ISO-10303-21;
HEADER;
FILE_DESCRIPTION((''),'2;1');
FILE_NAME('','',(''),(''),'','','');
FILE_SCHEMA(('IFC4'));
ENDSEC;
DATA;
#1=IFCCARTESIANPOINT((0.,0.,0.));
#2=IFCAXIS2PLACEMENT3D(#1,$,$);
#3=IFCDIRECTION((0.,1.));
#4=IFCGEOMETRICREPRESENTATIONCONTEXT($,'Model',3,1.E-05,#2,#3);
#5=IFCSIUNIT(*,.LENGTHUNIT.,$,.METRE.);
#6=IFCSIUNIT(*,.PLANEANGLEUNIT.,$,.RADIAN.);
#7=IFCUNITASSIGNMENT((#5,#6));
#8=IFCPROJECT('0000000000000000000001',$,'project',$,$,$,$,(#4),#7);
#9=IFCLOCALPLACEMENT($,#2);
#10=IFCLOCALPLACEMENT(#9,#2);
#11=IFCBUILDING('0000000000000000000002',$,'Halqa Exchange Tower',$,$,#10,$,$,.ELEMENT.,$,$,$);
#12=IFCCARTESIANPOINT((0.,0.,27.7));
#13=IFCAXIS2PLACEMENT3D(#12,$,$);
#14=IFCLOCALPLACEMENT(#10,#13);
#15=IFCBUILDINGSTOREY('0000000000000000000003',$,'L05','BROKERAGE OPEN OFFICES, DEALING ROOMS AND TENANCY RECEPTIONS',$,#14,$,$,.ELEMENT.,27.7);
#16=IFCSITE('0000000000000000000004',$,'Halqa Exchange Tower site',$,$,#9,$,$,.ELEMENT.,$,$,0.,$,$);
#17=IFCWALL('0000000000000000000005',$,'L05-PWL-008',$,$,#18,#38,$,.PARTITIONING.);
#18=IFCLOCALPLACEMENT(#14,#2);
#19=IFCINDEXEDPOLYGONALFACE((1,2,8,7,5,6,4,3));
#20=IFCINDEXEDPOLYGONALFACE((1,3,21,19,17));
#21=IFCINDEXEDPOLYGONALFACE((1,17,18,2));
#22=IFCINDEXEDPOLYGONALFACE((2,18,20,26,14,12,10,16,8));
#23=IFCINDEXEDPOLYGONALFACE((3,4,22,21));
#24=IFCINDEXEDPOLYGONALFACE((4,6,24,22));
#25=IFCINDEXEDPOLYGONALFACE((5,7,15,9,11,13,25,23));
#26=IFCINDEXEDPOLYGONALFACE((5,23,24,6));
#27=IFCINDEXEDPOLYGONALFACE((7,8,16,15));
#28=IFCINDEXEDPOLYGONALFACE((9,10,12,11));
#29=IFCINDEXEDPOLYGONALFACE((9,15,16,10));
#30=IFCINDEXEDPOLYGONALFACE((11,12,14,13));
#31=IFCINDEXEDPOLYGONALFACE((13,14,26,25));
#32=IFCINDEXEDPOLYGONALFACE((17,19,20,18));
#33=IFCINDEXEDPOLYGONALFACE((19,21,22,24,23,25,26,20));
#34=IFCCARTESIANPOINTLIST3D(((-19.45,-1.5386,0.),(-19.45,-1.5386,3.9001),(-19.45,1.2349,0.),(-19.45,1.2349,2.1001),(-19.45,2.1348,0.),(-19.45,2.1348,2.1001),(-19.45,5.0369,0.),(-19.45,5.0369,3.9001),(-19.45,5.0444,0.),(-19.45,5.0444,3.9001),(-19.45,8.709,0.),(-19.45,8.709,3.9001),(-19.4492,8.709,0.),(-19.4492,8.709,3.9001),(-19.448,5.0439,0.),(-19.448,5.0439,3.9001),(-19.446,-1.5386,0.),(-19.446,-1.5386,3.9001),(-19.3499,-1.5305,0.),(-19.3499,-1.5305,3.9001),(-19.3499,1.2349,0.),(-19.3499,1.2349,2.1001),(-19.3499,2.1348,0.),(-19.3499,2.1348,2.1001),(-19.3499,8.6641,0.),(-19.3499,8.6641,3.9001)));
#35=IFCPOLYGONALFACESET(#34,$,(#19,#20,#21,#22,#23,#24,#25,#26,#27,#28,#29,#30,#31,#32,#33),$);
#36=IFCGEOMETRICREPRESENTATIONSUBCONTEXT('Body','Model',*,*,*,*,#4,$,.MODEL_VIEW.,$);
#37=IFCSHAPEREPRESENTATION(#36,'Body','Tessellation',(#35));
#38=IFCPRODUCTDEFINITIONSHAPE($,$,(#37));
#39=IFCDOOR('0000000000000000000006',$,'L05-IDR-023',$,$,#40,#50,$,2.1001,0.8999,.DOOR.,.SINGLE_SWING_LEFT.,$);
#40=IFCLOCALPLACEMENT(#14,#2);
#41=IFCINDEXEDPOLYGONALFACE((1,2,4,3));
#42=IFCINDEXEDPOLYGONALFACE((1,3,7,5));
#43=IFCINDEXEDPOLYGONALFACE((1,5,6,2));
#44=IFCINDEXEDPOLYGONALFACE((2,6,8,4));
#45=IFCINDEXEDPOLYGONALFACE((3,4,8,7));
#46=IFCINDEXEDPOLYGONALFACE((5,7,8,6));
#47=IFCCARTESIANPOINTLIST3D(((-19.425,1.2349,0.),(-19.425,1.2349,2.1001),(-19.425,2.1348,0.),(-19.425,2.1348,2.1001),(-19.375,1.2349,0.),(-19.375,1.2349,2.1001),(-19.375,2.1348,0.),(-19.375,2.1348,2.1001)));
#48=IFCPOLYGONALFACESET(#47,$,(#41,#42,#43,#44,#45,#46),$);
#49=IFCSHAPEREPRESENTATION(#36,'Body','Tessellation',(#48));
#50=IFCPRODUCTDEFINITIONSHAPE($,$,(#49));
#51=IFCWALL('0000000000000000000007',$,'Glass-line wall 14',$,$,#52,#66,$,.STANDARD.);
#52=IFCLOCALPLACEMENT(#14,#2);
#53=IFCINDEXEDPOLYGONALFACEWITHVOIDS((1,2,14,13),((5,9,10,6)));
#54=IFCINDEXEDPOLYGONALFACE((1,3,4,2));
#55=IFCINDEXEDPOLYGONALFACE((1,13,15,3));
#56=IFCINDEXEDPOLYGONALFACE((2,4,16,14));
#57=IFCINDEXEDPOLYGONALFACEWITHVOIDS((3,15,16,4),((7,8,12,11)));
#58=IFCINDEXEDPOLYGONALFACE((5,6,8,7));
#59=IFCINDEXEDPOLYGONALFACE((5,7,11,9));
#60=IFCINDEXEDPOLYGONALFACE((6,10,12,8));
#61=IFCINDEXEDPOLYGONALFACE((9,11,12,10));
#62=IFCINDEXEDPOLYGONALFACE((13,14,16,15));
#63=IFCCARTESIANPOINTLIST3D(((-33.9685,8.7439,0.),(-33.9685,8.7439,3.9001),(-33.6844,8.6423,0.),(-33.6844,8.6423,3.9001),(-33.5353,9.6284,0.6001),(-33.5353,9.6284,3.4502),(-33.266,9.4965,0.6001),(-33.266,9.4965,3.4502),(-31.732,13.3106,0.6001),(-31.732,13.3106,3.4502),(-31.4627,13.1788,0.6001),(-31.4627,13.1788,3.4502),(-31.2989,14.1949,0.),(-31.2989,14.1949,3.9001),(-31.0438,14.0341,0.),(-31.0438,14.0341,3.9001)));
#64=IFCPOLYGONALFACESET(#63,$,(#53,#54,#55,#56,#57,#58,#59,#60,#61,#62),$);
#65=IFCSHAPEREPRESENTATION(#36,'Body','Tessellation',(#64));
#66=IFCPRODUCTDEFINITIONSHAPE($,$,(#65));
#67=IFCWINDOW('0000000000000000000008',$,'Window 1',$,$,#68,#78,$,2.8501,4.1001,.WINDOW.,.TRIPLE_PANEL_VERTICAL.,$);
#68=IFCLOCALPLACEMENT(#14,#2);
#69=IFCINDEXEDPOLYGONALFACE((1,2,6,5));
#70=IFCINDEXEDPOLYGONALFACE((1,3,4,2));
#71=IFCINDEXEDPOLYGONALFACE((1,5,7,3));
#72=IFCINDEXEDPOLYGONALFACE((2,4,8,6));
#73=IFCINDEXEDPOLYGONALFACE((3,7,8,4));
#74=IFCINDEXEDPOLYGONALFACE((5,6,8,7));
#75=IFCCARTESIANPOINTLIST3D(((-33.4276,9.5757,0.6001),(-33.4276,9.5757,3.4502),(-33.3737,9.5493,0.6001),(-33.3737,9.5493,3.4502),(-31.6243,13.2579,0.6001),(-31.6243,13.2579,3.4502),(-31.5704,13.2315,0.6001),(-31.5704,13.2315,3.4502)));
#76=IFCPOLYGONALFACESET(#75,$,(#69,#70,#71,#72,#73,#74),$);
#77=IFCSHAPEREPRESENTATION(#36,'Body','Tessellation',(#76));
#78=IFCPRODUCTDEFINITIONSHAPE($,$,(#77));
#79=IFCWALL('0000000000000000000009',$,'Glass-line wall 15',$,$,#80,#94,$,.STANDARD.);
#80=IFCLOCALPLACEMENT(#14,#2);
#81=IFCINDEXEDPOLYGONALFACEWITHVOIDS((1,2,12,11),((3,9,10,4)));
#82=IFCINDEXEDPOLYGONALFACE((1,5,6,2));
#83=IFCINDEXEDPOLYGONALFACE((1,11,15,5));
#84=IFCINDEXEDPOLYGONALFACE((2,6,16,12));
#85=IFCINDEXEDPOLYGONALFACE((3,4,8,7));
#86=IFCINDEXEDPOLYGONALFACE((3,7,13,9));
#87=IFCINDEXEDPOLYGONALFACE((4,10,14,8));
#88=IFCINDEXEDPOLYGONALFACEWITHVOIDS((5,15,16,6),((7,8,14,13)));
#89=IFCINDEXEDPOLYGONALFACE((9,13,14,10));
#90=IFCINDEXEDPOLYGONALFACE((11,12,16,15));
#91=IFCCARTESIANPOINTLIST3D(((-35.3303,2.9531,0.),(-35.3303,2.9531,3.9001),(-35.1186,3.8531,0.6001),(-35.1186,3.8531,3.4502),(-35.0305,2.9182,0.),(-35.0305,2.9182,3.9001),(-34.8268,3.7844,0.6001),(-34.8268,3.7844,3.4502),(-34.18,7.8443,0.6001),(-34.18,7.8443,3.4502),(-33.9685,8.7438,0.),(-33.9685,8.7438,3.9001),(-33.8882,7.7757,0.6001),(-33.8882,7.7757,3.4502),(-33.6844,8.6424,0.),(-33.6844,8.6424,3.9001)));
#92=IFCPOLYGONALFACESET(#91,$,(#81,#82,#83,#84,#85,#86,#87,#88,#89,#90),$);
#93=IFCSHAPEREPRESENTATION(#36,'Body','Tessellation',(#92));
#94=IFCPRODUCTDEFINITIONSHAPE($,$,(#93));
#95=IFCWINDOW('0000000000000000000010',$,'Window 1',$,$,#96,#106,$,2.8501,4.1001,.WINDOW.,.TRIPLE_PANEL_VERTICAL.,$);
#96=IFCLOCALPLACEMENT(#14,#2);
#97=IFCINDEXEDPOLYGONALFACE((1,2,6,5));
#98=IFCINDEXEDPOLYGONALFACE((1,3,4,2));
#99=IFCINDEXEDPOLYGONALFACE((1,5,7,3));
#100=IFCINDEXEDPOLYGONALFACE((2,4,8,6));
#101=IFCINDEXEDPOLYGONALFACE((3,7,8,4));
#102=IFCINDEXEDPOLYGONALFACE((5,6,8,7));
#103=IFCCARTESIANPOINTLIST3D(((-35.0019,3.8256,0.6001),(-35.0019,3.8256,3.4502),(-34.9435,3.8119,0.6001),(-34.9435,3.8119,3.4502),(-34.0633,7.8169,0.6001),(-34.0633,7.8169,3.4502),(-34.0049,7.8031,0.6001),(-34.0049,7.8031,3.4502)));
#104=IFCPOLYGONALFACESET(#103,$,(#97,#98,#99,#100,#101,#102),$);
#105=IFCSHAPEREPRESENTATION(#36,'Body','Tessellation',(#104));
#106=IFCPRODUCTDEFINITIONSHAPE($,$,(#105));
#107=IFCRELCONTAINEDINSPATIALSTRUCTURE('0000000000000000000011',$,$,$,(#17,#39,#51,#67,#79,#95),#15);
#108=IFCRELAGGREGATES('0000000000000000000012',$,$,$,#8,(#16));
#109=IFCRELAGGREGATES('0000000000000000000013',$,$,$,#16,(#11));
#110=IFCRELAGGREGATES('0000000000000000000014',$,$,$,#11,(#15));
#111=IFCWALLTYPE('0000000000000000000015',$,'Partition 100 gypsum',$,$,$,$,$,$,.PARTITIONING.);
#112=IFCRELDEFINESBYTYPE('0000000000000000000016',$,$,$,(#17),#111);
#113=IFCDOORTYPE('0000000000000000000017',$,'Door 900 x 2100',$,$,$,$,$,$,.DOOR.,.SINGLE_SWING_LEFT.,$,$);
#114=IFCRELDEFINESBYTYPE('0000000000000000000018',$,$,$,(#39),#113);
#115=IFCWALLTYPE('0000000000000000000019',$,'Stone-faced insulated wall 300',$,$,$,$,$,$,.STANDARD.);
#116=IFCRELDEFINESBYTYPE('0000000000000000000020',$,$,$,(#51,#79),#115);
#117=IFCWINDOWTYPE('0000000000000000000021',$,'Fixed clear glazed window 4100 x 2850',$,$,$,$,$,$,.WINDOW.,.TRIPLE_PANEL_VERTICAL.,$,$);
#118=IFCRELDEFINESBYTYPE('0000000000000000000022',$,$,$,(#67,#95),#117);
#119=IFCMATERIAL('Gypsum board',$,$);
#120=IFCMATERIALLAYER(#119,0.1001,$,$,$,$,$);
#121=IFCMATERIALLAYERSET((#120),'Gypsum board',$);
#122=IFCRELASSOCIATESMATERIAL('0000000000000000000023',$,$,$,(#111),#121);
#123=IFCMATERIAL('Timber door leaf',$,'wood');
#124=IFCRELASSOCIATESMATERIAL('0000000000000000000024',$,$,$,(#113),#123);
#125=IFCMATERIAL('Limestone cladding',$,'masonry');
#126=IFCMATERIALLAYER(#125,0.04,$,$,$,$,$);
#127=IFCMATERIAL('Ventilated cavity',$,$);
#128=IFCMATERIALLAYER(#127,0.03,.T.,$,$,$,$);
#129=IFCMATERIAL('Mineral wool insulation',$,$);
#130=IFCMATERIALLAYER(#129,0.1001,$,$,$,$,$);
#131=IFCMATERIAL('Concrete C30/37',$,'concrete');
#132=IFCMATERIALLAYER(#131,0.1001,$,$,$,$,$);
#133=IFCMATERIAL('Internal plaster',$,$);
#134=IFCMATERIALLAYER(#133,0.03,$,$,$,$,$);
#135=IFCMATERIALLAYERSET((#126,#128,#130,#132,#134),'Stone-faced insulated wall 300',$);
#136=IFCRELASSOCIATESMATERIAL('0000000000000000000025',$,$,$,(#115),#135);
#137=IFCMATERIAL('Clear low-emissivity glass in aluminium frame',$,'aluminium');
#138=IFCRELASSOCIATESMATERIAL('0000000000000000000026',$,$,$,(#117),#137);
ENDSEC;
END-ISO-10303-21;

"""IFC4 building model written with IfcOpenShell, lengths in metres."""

from ifc_helpers import new_model, si_unit, direction, frame, frame_2d, origin, place, context, subcontext, project, spatial, polyline, rectangle, outline, extrude, material, layer, layer_set, type_object, element, fill, save


model = new_model("IFC4")

# Units and contexts
model_context = context("Model", 3, precision=1e-05, world=origin(), true_north=direction((0.0, 1.0)))
body_context = subcontext(model_context, "Body", "Model", "MODEL_VIEW")
ifc_project = project(units=[si_unit("LENGTHUNIT", "METRE"), si_unit("PLANEANGLEUNIT", "RADIAN")], contexts=[model_context])

# Site, building, storey
site_placement = place(None, origin())
site = spatial("IfcSite", under=ifc_project, at=site_placement, Name="Halqa Exchange Tower site", CompositionType="ELEMENT", RefElevation=0.0)
building_placement = place(site_placement, origin())
building = spatial("IfcBuilding", under=site, at=building_placement, Name="Halqa Exchange Tower", CompositionType="ELEMENT")
storey_placement = place(building_placement, frame((0.0, 0.0, 27.7)))
storey = spatial("IfcBuildingStorey", under=building, at=storey_placement, Name="L05", Description="BROKERAGE OPEN OFFICES, DEALING ROOMS AND TENANCY RECEPTIONS", CompositionType="ELEMENT", Elevation=27.7)

# Wall, opening, door
ifc_material_1 = material(Name="Gypsum board")
ifc_layer_1 = layer(ifc_material_1, 0.1001)
ifc_layer_set_1 = layer_set([ifc_layer_1], Name="Gypsum board")
wall_type_1 = type_object("IfcWallType", Name="Partition 100 gypsum", PredefinedType="PARTITIONING", material=ifc_layer_set_1)
wall_1_placement = place(storey_placement, frame((-19.3999, -1.5386, 0.0), z_axis=(0.0, 0.0, 1.0), x_axis=(0.0, 1.0, 0.0)))
wall_1 = element("IfcWall", 1, at=wall_1_placement, inside=storey, type_object=wall_type_1, Name="L05-PWL-008", PredefinedType="PARTITIONING", context=body_context, shape_type="SweptSolid", body=[
    extrude(outline(polyline([(0.0081, -0.05), (1.707, -0.05), (3.4062, -0.05), (5.1052, -0.05), (6.8044, -0.05), (8.5034, -0.05), (10.2026, -0.05), (10.2476, 0.0493), (10.2476, 0.05), (8.4153, 0.05), (6.583, 0.05), (6.5825, 0.0481), (6.5754, 0.05), (4.9316, 0.05), (3.2876, 0.05), (1.6438, 0.05), (0.0, 0.05), (0.0, 0.0461), (0.0081, -0.05)])), origin(), (0.0, 0.0, 1.0), 3.9001),
])
opening_1_placement = place(wall_1_placement, frame((2.7734, 0.0, 0.0)))
opening_1 = element("IfcOpeningElement", 2, at=opening_1_placement, cuts=wall_1, PredefinedType="OPENING", context=body_context, shape_type="SweptSolid", body=[
    extrude(rectangle(XDim=0.8999, YDim=2.1001, at=frame_2d((0.45, 1.05))), frame((0.0, 0.062, 0.0), z_axis=(0.0, -1.0, 0.0), x_axis=(1.0, 0.0, 0.0)), (0.0, 0.0, 1.0), 0.124),
])
ifc_material_2 = material(Name="Timber door leaf", Category="wood")
door_type_1 = type_object("IfcDoorType", Name="Door 900 x 2100", OperationType="SINGLE_SWING_LEFT", PredefinedType="DOOR", material=ifc_material_2)
door_1_placement = place(opening_1_placement, frame((0.8999, 0.0, 0.0), z_axis=(0.0, 0.0, 1.0), x_axis=(-1.0, 0.0, 0.0)))
door_1 = element("IfcDoor", 3, at=door_1_placement, inside=storey, type_object=door_type_1, Name="L05-IDR-023", OperationType="SINGLE_SWING_LEFT", OverallHeight=2.1001, OverallWidth=0.8999, PredefinedType="DOOR", context=body_context, shape_type="SweptSolid", body=[
    extrude(rectangle(XDim=0.8999, YDim=2.1001, at=frame_2d((0.45, 1.05))), frame((0.0, 0.0249, 0.0), z_axis=(0.0, -1.0, 0.0), x_axis=(1.0, 0.0, 0.0)), (0.0, 0.0, 1.0), 0.05),
])
fill(opening_1, door_1)

# Walls, openings, windows
ifc_material_3 = material(Name="Limestone cladding", Category="masonry")
ifc_layer_2 = layer(ifc_material_3, 0.04)
ifc_material_4 = material(Name="Ventilated cavity")
ifc_layer_3 = layer(ifc_material_4, 0.03, ventilated=True)
ifc_material_5 = material(Name="Mineral wool insulation")
ifc_layer_4 = layer(ifc_material_5, 0.1001)
ifc_material_6 = material(Name="Concrete C30/37", Category="concrete")
ifc_layer_5 = layer(ifc_material_6, 0.1001)
ifc_material_7 = material(Name="Internal plaster")
ifc_layer_6 = layer(ifc_material_7, 0.03)
ifc_layer_set_2 = layer_set([ifc_layer_2, ifc_layer_3, ifc_layer_4, ifc_layer_5, ifc_layer_6], Name="Stone-faced insulated wall 300")
wall_type_2 = type_object("IfcWallType", Name="Stone-faced insulated wall 300", PredefinedType="STANDARD", material=ifc_layer_set_2)
wall_2_placement = place(storey_placement, frame((-31.1714, 14.1145, 0.0), z_axis=(0.0, 0.0, 1.0), x_axis=(-0.439822, -0.898085, 0.0)))
wall_2 = element("IfcWall", 4, at=wall_2_placement, inside=storey, type_object=wall_type_2, Name="Glass-line wall 14", PredefinedType="STANDARD", context=body_context, shape_type="SweptSolid", body=[
    extrude(outline(polyline([(-0.0161, -0.1499), (6.0535, -0.1499), (6.0198, 0.1499), (0.0161, 0.1499), (-0.0161, -0.1499)])), origin(), (0.0, 0.0, 1.0), 3.9001),
])
opening_2_placement = place(wall_2_placement, frame((0.9685, 0.0, 0.6001)))
opening_2 = element("IfcOpeningElement", 5, at=opening_2_placement, cuts=wall_2, PredefinedType="OPENING", context=body_context, shape_type="SweptSolid", body=[
    extrude(rectangle(XDim=4.1001, YDim=2.8501, at=frame_2d((2.05, 1.425))), frame((0.0, 0.1621, 0.0), z_axis=(0.0, -1.0, 0.0), x_axis=(1.0, 0.0, 0.0)), (0.0, 0.0, 1.0), 0.324),
])
ifc_material_8 = material(Name="Clear low-emissivity glass in aluminium frame", Category="aluminium")
window_type = type_object("IfcWindowType", Name="Fixed clear glazed window 4100 x 2850", PartitioningType="TRIPLE_PANEL_VERTICAL", PredefinedType="WINDOW", material=ifc_material_8)
window_1_placement = place(opening_2_placement, origin())
window_1 = element("IfcWindow", 6, at=window_1_placement, inside=storey, type_object=window_type, Name="Window 1", OverallHeight=2.8501, OverallWidth=4.1001, PartitioningType="TRIPLE_PANEL_VERTICAL", PredefinedType="WINDOW", context=body_context, shape_type="SweptSolid", body=[
    extrude(rectangle(XDim=4.1001, YDim=2.8501, at=frame_2d((2.05, 1.425))), frame((0.0, 0.03, 0.0), z_axis=(0.0, -1.0, 0.0), x_axis=(1.0, 0.0, 0.0)), (0.0, 0.0, 1.0), 0.0601),
])
fill(opening_2, window_1)
wall_3_placement = place(storey_placement, frame((-33.8264, 8.6931, 0.0), z_axis=(0.0, 0.0, 1.0), x_axis=(-0.228924, -0.973444, 0.0)))
wall_3 = element("IfcWall", 7, at=wall_3_placement, inside=storey, type_object=wall_type_2, Name="Glass-line wall 15", PredefinedType="STANDARD", context=body_context, shape_type="SweptSolid", body=[
    extrude(outline(polyline([(-0.0168, -0.1499), (5.9319, -0.1499), (5.8972, 0.1499), (0.0168, 0.1499), (-0.0168, -0.1499)])), origin(), (0.0, 0.0, 1.0), 3.9001),
])
opening_3_placement = place(wall_3_placement, frame((0.9072, 0.0, 0.6001)))
opening_3 = element("IfcOpeningElement", 8, at=opening_3_placement, cuts=wall_3, PredefinedType="OPENING", context=body_context, shape_type="SweptSolid", body=[
    extrude(rectangle(XDim=4.1001, YDim=2.8501, at=frame_2d((2.05, 1.425))), frame((0.0, 0.1621, 0.0), z_axis=(0.0, -1.0, 0.0), x_axis=(1.0, 0.0, 0.0)), (0.0, 0.0, 1.0), 0.324),
])
window_2_placement = place(opening_3_placement, origin())
window_2 = element("IfcWindow", 9, at=window_2_placement, inside=storey, type_object=window_type, Name="Window 1", OverallHeight=2.8501, OverallWidth=4.1001, PartitioningType="TRIPLE_PANEL_VERTICAL", PredefinedType="WINDOW", context=body_context, shape_type="SweptSolid", body=[
    extrude(rectangle(XDim=4.1001, YDim=2.8501, at=frame_2d((2.05, 1.425))), frame((0.0, 0.03, 0.0), z_axis=(0.0, -1.0, 0.0), x_axis=(1.0, 0.0, 0.0)), (0.0, 0.0, 1.0), 0.0601),
])
fill(opening_3, window_2)

save(model, "model.ifc")
